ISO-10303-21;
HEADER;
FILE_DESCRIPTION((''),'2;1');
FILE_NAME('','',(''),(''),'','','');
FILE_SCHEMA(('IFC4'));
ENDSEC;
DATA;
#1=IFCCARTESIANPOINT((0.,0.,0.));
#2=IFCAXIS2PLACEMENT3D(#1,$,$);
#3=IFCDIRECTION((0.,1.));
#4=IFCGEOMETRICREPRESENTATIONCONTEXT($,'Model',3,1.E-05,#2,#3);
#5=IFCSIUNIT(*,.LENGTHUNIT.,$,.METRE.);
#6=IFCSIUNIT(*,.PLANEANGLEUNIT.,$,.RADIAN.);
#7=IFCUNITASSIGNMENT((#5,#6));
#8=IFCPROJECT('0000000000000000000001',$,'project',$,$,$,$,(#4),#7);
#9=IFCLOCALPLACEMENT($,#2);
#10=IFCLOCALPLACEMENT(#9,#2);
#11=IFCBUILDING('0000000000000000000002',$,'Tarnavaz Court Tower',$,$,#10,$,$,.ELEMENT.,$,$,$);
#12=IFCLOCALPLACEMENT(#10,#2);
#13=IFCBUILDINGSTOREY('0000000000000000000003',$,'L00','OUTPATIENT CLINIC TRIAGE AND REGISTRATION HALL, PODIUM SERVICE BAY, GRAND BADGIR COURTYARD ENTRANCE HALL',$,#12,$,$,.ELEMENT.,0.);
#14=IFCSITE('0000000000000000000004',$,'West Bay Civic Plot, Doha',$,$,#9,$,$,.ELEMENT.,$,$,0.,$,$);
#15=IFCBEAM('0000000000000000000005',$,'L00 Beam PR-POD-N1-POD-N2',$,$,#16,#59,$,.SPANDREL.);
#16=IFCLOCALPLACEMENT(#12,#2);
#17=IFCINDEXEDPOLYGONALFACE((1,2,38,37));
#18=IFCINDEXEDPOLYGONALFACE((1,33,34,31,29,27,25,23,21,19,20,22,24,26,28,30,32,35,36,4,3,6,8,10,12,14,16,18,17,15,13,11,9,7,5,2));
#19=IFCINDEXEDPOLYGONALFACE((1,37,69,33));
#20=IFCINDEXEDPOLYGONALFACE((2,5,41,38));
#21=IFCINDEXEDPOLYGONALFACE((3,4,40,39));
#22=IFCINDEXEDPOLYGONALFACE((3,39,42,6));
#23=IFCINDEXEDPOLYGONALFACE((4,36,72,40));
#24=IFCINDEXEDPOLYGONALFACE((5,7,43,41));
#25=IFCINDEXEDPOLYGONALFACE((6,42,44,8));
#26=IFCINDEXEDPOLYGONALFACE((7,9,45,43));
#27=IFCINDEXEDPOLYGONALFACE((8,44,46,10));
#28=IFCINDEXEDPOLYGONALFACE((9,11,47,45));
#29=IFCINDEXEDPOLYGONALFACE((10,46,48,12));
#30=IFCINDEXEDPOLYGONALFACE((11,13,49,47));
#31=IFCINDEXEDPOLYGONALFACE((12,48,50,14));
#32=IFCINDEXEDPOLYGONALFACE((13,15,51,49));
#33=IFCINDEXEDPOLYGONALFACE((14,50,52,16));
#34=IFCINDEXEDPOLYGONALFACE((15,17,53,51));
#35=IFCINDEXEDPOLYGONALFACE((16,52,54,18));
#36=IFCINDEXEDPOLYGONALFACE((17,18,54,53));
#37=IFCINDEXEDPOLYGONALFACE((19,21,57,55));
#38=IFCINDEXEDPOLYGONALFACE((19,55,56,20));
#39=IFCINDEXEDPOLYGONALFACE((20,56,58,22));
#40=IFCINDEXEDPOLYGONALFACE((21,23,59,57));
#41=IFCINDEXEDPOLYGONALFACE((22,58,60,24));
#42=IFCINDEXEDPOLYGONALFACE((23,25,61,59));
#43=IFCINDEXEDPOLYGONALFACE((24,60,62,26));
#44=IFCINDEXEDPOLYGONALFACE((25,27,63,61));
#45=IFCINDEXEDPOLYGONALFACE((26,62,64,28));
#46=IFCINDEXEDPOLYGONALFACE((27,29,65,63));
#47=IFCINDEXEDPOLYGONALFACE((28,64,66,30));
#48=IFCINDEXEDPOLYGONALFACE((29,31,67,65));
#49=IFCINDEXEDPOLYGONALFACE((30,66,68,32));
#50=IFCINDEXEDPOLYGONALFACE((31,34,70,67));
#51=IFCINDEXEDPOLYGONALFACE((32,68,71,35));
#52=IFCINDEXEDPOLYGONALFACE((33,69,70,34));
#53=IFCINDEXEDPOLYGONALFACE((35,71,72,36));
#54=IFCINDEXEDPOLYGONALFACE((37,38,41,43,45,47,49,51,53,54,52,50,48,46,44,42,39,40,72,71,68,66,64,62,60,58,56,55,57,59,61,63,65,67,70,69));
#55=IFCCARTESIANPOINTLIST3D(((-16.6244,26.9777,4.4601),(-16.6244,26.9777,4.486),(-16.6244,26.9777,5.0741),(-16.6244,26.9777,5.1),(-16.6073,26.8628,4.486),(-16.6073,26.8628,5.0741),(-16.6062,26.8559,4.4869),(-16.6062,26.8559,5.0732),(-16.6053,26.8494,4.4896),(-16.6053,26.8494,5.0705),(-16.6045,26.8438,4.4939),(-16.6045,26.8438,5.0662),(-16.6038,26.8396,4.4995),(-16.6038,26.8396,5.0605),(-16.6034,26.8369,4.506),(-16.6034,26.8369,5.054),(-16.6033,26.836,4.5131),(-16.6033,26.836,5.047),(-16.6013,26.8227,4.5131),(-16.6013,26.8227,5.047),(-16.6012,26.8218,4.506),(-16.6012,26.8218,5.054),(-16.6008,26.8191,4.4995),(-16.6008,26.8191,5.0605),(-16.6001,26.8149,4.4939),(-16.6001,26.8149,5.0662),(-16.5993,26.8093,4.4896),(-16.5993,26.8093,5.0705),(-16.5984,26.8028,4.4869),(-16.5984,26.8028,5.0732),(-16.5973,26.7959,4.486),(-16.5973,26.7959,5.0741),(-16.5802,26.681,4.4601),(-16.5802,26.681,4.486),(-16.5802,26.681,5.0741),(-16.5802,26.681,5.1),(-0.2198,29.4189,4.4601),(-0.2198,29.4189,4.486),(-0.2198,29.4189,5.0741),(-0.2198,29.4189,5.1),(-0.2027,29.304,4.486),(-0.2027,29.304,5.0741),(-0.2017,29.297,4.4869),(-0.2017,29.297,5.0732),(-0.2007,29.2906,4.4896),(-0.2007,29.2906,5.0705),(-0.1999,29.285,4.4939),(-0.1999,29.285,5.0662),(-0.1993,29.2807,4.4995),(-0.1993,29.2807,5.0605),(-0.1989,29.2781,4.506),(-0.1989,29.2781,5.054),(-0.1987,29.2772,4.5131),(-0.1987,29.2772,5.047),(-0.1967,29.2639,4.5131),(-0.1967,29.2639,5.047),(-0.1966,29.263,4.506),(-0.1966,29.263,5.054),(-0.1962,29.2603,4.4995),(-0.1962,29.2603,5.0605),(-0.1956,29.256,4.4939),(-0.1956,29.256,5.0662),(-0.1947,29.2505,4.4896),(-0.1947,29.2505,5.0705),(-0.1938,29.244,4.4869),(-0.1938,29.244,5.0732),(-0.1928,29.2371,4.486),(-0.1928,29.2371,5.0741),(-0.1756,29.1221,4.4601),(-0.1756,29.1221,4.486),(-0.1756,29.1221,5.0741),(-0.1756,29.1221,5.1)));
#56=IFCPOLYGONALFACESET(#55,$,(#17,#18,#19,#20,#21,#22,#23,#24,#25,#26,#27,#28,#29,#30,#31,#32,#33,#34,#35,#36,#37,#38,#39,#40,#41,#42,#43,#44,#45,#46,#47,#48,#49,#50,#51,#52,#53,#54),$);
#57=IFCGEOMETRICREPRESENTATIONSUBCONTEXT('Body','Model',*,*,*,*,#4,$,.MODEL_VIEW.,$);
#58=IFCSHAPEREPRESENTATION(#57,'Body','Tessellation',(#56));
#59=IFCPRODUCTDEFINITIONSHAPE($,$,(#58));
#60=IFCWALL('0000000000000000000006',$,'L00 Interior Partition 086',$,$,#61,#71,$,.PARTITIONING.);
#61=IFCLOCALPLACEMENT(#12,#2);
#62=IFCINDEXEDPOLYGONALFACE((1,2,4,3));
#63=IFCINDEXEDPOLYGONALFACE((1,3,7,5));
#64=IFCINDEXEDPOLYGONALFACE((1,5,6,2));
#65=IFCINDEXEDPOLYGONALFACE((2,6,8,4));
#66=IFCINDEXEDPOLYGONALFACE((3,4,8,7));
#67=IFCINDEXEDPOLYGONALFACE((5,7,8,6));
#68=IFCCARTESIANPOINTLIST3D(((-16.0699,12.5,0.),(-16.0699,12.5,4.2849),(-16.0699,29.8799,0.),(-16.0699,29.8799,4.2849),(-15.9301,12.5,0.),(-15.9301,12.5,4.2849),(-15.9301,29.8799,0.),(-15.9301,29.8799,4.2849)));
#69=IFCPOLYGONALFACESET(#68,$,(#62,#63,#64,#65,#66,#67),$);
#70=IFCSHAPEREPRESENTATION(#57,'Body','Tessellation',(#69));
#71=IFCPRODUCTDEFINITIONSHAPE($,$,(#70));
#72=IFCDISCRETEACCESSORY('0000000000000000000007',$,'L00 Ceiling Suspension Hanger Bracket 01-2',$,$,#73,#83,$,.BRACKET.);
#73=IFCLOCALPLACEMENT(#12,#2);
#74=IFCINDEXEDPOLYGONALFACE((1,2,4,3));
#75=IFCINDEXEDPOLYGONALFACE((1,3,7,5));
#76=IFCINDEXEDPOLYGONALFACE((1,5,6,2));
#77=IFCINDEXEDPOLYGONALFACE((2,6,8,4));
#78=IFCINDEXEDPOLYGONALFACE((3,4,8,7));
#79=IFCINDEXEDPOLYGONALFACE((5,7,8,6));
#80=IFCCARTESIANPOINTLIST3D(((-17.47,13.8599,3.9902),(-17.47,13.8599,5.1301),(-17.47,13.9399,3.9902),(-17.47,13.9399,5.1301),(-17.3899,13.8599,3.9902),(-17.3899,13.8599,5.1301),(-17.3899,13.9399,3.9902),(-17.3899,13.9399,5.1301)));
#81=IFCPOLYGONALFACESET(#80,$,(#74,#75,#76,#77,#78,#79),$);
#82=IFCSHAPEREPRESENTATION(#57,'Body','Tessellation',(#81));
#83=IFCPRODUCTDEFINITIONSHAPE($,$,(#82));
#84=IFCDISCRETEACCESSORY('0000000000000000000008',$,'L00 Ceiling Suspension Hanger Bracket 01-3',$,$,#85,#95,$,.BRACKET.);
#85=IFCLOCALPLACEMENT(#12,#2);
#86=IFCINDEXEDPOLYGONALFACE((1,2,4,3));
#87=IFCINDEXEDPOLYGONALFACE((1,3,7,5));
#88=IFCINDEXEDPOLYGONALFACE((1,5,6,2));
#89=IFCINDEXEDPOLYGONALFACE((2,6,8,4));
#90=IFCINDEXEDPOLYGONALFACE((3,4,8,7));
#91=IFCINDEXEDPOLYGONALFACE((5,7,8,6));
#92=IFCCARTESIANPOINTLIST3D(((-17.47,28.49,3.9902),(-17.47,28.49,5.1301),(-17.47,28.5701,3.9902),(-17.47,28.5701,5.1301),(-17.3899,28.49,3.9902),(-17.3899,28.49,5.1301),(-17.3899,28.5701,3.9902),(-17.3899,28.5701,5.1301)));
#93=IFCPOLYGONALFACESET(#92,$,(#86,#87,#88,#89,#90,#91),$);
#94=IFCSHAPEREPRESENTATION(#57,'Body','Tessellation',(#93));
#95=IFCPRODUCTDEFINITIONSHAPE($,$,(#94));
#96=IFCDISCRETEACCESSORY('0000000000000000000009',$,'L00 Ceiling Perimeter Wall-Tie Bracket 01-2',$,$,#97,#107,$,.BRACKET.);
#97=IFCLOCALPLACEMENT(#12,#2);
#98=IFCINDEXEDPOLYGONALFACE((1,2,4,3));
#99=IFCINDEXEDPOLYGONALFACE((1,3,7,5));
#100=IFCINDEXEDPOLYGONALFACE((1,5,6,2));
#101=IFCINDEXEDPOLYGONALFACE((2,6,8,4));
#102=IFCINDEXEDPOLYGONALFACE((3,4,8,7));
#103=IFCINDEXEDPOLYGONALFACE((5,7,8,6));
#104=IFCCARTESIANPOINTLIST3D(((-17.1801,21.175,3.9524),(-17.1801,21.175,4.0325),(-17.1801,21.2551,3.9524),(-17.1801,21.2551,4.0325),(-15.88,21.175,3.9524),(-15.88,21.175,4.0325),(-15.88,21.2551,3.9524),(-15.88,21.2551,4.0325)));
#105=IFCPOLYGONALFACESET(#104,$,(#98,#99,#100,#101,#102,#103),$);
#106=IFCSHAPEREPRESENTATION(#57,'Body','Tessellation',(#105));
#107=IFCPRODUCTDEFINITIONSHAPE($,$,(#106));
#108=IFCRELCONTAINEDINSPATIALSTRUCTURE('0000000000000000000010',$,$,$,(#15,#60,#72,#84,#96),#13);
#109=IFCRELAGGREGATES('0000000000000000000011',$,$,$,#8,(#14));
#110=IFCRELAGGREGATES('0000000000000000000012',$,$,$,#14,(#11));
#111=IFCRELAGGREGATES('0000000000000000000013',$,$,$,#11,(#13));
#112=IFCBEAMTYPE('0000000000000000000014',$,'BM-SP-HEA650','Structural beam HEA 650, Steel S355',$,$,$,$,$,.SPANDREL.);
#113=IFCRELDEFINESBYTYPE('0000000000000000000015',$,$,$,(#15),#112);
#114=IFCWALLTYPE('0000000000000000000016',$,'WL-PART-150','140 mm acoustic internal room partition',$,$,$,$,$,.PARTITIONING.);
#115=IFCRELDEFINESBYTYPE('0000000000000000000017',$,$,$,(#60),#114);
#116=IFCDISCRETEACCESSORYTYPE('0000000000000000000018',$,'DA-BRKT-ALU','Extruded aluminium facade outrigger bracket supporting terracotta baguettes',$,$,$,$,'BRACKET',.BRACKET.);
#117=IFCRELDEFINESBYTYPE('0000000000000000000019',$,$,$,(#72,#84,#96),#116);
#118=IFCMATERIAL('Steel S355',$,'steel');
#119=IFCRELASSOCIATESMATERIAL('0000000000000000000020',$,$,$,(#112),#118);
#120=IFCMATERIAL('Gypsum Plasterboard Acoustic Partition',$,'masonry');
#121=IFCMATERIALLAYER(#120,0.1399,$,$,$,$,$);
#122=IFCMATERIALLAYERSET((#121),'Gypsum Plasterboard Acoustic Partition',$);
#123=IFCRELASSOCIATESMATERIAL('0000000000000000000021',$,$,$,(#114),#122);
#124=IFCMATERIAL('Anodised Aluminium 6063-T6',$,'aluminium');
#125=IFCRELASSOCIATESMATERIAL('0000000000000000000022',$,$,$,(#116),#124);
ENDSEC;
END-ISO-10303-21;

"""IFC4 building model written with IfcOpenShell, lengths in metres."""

from ifc_helpers import new_model, si_unit, direction, frame, frame_2d, origin, origin_2d, place, context, subcontext, project, spatial, rectangle, i_section, extrude, material, layer, layer_set, material_profile, profile_set, type_object, element, save


model = new_model("IFC4")

# Units and contexts
model_context = context("Model", 3, precision=1e-05, world=origin(), true_north=direction((0.0, 1.0)))
body_context = subcontext(model_context, "Body", "Model", "MODEL_VIEW")
ifc_project = project(units=[si_unit("LENGTHUNIT", "METRE"), si_unit("PLANEANGLEUNIT", "RADIAN")], contexts=[model_context])

# Site, building, storey
site_placement = place(None, origin())
site = spatial("IfcSite", under=ifc_project, at=site_placement, Name="West Bay Civic Plot, Doha", CompositionType="ELEMENT", RefElevation=0.0)
building_placement = place(site_placement, origin())
building = spatial("IfcBuilding", under=site, at=building_placement, Name="Tarnavaz Court Tower", CompositionType="ELEMENT")
storey_placement = place(building_placement, origin())
storey = spatial("IfcBuildingStorey", under=building, at=storey_placement, Name="L00", Description="OUTPATIENT CLINIC TRIAGE AND REGISTRATION HALL, PODIUM SERVICE BAY, GRAND BADGIR COURTYARD ENTRANCE HALL", CompositionType="ELEMENT", Elevation=0.0)

# Beam
ifc_material_1 = material(Name="Steel S355", Category="steel")
ifc_material_profile_1 = material_profile(ifc_material_1, i_section(OverallWidth=0.3, OverallDepth=0.6399, WebThickness=0.0134, FlangeThickness=0.0259, FilletRadius=0.0271, at=origin_2d()), Name="HEA 650")
ifc_profile_set_1 = profile_set([ifc_material_profile_1], Name="Steel S355")
beam_type_1 = type_object("IfcBeamType", Name="BM-SP-HEA650", Description="Structural beam HEA 650, Steel S355", PredefinedType="SPANDREL", material=ifc_profile_set_1)
beam_1_placement = place(storey_placement, frame((-16.6023, 26.8293, 4.78), z_axis=(0.989108, 0.147189, 0.0), x_axis=(-0.147189, 0.989108, 0.0)))
element("IfcBeam", 1, at=beam_1_placement, inside=storey, type_object=beam_type_1, Name="L00 Beam PR-POD-N1-POD-N2", PredefinedType="SPANDREL", context=body_context, shape_type="SweptSolid", body=[
    extrude(i_section(OverallWidth=0.3, OverallDepth=0.6399, WebThickness=0.0134, FlangeThickness=0.0259, FilletRadius=0.0271, at=origin_2d()), origin(), (0.0, 0.0, 1.0), 16.5852),
])

# Wall
ifc_material_2 = material(Name="Gypsum Plasterboard Acoustic Partition", Category="masonry")
ifc_layer = layer(ifc_material_2, 0.1399)
ifc_layer_set = layer_set([ifc_layer], Name="Gypsum Plasterboard Acoustic Partition")
wall_type = type_object("IfcWallType", Name="WL-PART-150", Description="140 mm acoustic internal room partition", PredefinedType="PARTITIONING", material=ifc_layer_set)
wall_placement = place(storey_placement, frame((-16.0, 12.5, 0.0), z_axis=(0.0, 0.0, 1.0), x_axis=(0.0, 1.0, 0.0)))
element("IfcWall", 2, at=wall_placement, inside=storey, type_object=wall_type, Name="L00 Interior Partition 086", PredefinedType="PARTITIONING", context=body_context, shape_type="SweptSolid", body=[
    extrude(rectangle(XDim=17.3799, YDim=0.1399, at=frame_2d((8.6899, 0.0))), origin(), (0.0, 0.0, 1.0), 4.2849),
])

# Discrete accessories
ifc_material_3 = material(Name="Anodised Aluminium 6063-T6", Category="aluminium")
discrete_accessory_type = type_object("IfcDiscreteAccessoryType", Name="DA-BRKT-ALU", Description="Extruded aluminium facade outrigger bracket supporting terracotta baguettes", ElementType="BRACKET", PredefinedType="BRACKET", material=ifc_material_3)
for number, where, z_axis, x_axis, name in (
    (3, (-17.4299, 13.8999, 3.9902), (0.0, 0.0, 1.0), (1.0, 0.0, 0.0), "L00 Ceiling Suspension Hanger Bracket 01-2"),
    (4, (-17.4299, 28.53, 3.9902), (0.0, 0.0, 1.0), (1.0, 0.0, 0.0), "L00 Ceiling Suspension Hanger Bracket 01-3"),
):
    element("IfcDiscreteAccessory", number, at=place(storey_placement, frame(where, z_axis=z_axis, x_axis=x_axis)), inside=storey, type_object=discrete_accessory_type, Name=name, PredefinedType="BRACKET", context=body_context, shape_type="SweptSolid", body=[
        extrude(rectangle(XDim=0.0801, YDim=0.0801, at=origin_2d()), origin(), (0.0, 0.0, 1.0), 1.1399),
    ])
discrete_accessory_placement = place(storey_placement, frame((-16.53, 21.2151, 3.9524), z_axis=(0.0, 0.0, 1.0), x_axis=(1.0, 0.0, 0.0)))
element("IfcDiscreteAccessory", 5, at=discrete_accessory_placement, inside=storey, type_object=discrete_accessory_type, Name="L00 Ceiling Perimeter Wall-Tie Bracket 01-2", PredefinedType="BRACKET", context=body_context, shape_type="SweptSolid", body=[
    extrude(rectangle(XDim=1.3, YDim=0.0801, at=origin_2d()), origin(), (0.0, 0.0, 1.0), 0.0801),
])

save(model, "model.ifc")
